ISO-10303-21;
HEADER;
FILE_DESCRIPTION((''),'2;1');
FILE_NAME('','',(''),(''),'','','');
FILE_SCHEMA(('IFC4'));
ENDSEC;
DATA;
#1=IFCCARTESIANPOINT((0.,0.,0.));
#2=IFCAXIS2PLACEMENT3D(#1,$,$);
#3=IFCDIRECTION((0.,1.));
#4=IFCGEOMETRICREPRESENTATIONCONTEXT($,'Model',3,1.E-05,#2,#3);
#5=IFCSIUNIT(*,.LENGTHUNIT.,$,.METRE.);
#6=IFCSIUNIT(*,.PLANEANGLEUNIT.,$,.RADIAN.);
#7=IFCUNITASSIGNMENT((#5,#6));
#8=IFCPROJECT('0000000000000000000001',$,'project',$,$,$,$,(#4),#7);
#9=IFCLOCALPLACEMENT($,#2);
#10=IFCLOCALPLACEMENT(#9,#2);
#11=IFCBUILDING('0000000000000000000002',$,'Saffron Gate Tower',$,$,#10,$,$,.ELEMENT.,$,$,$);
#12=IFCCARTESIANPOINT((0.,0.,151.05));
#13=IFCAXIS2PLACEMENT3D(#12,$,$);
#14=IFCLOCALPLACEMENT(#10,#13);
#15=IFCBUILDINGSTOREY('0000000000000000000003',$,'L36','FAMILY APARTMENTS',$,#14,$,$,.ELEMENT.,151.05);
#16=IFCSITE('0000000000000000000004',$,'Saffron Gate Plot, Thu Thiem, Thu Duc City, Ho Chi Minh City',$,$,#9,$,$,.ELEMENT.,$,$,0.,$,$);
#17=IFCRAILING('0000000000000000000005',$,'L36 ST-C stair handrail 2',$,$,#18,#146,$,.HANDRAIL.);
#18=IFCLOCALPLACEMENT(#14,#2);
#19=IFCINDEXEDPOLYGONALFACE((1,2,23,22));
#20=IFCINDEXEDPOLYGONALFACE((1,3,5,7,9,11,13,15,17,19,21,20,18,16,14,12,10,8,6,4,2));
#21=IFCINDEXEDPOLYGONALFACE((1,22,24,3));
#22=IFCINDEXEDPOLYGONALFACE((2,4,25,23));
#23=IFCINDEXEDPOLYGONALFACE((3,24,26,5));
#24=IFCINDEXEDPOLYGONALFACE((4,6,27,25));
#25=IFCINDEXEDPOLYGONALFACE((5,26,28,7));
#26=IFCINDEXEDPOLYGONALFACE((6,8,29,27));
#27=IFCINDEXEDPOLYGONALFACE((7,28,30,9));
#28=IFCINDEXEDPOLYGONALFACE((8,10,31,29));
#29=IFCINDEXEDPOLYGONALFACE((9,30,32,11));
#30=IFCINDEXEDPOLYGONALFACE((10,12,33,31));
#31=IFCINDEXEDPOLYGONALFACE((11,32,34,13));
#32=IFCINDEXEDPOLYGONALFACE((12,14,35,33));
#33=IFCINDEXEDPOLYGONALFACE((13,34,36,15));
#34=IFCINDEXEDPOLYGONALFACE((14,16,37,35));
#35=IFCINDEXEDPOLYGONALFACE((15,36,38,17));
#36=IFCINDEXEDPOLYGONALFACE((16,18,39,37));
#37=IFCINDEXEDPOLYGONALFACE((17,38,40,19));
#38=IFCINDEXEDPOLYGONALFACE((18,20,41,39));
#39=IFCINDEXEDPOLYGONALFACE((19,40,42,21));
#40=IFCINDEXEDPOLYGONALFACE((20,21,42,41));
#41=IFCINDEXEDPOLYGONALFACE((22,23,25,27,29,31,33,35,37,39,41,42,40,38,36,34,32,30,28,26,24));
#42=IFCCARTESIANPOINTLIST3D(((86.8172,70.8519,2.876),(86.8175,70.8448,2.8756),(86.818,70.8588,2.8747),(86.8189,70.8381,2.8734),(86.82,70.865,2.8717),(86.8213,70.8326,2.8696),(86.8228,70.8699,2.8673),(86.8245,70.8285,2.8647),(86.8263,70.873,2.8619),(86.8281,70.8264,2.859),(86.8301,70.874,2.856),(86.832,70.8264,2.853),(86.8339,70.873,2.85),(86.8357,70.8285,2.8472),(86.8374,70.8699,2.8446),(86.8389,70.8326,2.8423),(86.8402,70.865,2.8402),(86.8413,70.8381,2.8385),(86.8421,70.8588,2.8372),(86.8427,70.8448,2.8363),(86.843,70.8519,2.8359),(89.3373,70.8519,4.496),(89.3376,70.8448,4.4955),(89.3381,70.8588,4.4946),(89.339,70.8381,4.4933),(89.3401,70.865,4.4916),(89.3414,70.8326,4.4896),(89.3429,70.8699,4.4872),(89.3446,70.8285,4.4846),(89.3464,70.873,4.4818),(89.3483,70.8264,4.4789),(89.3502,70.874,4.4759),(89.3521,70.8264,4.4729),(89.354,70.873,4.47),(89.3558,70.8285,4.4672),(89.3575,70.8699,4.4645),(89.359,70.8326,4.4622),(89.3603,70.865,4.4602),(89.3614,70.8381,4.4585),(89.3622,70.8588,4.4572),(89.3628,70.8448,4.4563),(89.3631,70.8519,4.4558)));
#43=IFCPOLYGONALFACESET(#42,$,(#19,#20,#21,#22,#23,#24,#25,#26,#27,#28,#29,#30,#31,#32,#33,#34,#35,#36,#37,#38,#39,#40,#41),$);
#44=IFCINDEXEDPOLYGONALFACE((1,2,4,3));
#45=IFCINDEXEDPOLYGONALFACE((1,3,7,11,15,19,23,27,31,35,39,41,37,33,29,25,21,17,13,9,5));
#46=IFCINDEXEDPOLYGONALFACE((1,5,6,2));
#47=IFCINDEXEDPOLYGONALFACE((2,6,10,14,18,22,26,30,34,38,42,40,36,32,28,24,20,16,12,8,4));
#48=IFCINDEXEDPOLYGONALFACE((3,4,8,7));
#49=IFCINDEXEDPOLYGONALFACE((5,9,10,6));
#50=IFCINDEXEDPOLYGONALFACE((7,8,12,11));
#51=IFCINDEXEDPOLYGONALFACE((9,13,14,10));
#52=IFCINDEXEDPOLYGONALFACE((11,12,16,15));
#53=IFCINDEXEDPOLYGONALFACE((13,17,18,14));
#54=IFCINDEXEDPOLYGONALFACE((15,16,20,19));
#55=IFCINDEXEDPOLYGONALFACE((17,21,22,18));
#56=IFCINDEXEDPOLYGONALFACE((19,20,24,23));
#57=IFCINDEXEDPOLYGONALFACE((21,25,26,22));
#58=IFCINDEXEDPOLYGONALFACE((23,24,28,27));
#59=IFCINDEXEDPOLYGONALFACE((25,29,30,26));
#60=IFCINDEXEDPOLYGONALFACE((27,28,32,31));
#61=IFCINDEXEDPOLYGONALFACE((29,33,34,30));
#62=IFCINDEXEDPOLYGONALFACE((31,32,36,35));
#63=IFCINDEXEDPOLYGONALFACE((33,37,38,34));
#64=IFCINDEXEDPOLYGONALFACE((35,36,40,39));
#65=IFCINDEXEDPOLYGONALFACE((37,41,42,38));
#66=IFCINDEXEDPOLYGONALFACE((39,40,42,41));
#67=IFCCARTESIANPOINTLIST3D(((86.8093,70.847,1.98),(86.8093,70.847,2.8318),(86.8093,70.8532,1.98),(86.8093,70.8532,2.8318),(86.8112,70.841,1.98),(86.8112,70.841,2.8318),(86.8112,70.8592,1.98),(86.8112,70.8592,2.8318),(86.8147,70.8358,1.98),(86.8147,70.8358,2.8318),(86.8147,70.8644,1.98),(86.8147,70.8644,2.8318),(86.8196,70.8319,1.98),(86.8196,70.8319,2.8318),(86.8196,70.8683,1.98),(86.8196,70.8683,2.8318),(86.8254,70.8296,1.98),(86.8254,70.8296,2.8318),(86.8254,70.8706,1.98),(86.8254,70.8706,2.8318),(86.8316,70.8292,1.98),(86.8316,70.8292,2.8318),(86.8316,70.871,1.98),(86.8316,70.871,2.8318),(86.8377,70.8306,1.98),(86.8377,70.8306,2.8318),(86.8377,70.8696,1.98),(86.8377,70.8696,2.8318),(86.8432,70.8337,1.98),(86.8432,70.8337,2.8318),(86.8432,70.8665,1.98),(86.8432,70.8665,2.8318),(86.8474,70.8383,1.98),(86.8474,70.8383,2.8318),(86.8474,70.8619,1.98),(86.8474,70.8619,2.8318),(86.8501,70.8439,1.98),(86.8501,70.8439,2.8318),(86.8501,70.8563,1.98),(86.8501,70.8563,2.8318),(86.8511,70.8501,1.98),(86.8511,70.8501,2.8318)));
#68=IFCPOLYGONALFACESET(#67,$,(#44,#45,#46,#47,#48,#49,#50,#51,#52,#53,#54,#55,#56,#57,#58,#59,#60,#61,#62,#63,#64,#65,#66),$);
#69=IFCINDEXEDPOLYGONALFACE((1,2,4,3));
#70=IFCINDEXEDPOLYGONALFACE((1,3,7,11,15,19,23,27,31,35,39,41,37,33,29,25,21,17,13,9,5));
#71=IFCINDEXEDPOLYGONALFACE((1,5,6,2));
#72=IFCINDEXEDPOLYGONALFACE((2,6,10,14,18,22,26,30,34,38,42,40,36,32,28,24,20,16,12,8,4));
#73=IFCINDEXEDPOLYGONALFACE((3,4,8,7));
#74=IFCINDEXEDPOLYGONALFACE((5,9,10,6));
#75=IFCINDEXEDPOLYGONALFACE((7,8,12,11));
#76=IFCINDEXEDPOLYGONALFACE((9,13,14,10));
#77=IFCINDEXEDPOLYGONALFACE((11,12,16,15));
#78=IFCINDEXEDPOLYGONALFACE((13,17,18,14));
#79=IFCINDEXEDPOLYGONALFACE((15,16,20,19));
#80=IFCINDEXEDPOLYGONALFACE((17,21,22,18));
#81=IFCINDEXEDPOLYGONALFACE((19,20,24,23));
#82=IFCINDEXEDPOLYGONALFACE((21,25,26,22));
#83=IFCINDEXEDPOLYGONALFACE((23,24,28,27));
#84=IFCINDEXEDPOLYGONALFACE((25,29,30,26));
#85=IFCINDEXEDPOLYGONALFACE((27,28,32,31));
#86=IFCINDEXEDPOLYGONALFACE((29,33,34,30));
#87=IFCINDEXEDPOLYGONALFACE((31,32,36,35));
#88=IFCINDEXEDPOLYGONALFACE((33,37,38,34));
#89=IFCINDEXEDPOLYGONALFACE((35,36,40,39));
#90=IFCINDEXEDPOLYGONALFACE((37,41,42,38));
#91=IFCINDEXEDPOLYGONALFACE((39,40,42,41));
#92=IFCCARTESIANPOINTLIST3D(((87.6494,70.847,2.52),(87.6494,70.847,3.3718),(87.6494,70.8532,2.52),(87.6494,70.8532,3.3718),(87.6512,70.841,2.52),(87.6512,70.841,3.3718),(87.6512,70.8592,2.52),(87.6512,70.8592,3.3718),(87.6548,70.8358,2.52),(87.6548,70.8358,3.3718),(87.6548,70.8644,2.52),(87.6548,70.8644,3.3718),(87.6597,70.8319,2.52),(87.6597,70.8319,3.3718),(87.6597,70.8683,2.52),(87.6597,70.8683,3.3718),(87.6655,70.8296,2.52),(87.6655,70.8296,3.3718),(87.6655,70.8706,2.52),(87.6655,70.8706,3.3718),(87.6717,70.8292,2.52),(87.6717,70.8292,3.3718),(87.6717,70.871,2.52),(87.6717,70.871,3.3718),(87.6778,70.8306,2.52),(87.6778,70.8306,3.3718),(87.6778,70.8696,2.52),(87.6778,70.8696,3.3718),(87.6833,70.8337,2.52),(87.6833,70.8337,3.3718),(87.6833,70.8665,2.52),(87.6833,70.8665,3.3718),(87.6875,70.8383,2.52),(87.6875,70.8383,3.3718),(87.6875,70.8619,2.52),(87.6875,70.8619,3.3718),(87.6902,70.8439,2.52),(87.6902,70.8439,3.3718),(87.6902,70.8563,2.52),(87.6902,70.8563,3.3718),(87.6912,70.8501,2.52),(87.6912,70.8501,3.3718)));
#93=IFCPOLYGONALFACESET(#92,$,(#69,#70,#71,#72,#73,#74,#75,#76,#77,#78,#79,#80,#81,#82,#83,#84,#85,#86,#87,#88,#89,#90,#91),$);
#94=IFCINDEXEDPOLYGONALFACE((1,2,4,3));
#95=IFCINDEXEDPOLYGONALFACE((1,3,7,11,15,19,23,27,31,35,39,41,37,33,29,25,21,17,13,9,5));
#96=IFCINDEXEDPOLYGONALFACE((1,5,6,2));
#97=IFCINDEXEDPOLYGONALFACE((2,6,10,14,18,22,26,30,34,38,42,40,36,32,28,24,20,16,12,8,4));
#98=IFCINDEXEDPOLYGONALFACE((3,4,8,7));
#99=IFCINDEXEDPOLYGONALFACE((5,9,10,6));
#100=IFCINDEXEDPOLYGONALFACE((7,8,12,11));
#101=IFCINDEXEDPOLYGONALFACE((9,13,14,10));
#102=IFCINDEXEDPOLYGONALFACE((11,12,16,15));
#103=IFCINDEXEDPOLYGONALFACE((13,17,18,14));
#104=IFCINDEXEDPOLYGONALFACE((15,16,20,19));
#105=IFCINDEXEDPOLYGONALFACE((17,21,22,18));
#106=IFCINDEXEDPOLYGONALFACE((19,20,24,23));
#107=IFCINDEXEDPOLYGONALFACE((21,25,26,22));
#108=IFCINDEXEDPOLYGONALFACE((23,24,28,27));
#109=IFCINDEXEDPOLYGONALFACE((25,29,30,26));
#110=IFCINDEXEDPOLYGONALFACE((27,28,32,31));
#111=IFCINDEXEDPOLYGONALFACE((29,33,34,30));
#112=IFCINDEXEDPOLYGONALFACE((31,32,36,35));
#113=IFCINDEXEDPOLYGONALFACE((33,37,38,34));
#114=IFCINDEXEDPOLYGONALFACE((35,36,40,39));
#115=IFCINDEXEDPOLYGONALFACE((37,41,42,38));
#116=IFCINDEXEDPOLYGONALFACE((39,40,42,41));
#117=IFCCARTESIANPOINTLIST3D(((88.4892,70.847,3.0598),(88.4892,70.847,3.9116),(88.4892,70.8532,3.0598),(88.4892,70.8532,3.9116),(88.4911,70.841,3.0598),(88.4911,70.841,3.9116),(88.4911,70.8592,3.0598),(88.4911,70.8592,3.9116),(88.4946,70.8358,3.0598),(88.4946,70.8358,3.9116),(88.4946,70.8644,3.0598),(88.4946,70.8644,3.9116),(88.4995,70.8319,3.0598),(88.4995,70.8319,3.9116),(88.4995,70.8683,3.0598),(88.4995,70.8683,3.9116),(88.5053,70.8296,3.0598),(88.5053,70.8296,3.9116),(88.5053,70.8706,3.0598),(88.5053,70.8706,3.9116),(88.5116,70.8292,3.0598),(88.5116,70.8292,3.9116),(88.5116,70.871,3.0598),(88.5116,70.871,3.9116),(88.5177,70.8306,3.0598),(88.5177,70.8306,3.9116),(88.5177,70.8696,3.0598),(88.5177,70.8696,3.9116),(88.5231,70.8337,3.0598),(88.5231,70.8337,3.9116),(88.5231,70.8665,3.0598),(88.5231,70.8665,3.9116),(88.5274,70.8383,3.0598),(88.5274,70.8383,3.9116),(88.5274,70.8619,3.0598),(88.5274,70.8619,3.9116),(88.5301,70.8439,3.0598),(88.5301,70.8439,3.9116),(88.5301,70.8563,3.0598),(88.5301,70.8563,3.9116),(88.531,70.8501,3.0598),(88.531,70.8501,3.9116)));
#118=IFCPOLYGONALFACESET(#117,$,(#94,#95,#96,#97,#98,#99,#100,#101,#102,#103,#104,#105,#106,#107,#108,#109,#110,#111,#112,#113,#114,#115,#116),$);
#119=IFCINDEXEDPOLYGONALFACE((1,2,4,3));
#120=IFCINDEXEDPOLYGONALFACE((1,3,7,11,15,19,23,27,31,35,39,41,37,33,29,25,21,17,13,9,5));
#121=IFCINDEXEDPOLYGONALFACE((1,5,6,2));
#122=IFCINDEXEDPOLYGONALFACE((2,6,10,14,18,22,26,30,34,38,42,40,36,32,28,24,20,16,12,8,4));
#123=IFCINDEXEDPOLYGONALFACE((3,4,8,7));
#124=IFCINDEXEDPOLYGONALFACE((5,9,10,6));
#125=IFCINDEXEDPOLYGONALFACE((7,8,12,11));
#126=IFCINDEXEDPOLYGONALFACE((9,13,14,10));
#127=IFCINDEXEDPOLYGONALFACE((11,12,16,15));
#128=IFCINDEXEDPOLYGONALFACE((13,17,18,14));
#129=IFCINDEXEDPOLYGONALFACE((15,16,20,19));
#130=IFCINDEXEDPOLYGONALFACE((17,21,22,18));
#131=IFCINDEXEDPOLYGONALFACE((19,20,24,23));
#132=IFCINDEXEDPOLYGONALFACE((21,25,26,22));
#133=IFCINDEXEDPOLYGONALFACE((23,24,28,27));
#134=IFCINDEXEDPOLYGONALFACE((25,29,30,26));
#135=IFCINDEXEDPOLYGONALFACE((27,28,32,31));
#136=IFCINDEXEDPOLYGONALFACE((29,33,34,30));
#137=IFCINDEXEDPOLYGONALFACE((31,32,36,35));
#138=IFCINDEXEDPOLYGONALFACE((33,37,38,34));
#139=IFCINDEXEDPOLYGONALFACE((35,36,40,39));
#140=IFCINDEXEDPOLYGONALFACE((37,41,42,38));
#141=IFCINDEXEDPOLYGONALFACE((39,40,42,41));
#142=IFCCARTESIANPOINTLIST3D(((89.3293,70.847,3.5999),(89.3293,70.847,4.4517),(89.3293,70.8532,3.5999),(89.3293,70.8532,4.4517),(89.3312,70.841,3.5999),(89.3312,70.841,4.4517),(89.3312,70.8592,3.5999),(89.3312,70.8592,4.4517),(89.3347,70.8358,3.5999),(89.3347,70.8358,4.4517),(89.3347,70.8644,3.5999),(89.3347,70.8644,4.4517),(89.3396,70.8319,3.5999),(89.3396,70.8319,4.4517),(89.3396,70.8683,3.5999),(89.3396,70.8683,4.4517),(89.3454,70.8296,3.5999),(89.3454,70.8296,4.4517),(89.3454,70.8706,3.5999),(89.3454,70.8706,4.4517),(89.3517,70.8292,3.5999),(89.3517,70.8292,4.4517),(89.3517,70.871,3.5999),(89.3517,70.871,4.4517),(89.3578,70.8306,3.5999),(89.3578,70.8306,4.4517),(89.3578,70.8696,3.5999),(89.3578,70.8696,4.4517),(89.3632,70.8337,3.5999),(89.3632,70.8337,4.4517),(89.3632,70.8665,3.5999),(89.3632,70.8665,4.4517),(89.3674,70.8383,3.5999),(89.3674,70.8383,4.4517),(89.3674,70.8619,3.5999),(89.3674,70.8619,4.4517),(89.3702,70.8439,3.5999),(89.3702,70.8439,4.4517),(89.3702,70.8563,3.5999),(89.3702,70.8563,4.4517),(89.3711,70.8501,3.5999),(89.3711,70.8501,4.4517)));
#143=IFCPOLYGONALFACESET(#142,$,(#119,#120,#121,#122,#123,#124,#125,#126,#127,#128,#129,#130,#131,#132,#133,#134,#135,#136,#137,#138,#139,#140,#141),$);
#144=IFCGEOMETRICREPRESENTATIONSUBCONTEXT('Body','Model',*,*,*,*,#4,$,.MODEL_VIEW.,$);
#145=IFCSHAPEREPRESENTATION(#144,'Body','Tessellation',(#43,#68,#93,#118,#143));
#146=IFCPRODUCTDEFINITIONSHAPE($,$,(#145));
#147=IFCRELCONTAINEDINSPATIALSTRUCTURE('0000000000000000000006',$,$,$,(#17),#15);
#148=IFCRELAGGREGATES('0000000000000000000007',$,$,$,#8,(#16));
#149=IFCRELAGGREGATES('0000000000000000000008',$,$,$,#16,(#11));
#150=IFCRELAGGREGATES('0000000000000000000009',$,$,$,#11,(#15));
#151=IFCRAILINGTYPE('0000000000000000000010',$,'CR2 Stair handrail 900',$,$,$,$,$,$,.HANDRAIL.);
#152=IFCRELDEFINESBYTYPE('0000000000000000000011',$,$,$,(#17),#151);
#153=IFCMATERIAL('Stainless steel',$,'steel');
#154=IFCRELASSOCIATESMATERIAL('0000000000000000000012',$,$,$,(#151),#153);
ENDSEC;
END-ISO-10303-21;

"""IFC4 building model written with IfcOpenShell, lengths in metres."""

from ifc_helpers import new_model, si_unit, direction, frame, origin, origin_2d, place, context, subcontext, project, spatial, circle, extrude, material, type_object, element, save


model = new_model("IFC4")

# Units and contexts
model_context = context("Model", 3, precision=1e-05, world=origin(), true_north=direction((0.0, 1.0)))
body_context = subcontext(model_context, "Body", "Model", "MODEL_VIEW")
ifc_project = project(units=[si_unit("LENGTHUNIT", "METRE"), si_unit("PLANEANGLEUNIT", "RADIAN")], contexts=[model_context])

# Site, building, storey
site_placement = place(None, origin())
site = spatial("IfcSite", under=ifc_project, at=site_placement, Name="Saffron Gate Plot, Thu Thiem, Thu Duc City, Ho Chi Minh City", CompositionType="ELEMENT", RefElevation=0.0)
building_placement = place(site_placement, origin())
building = spatial("IfcBuilding", under=site, at=building_placement, Name="Saffron Gate Tower", CompositionType="ELEMENT")
storey_placement = place(building_placement, frame((0.0, 0.0, 151.05)))
storey = spatial("IfcBuildingStorey", under=building, at=storey_placement, Name="L36", Description="FAMILY APARTMENTS", CompositionType="ELEMENT", Elevation=151.05)

# Railing
ifc_material_1 = material(Name="Stainless steel", Category="steel")
railing_type = type_object("IfcRailingType", Name="CR2 Stair handrail 900", PredefinedType="HANDRAIL", material=ifc_material_1)
railing_placement = place(storey_placement, frame((86.8301, 70.8501, 1.98)))
element("IfcRailing", 1, at=railing_placement, inside=storey, type_object=railing_type, Name="L36 ST-C stair handrail 2", PredefinedType="HANDRAIL", context=body_context, shape_type="SweptSolid", body=[
    extrude(circle(Radius=0.0239, at=origin_2d()), frame((0.0, 0.0, 0.876), z_axis=(0.8412, 0.0, 0.540725), x_axis=(0.0, 1.0, 0.0)), (0.0, 0.0, 1.0), 2.9958),
    extrude(circle(Radius=0.021, at=origin_2d()), origin(), (0.0, 0.0, 1.0), 0.8518),
    extrude(circle(Radius=0.021, at=origin_2d()), frame((0.8401, 0.0, 0.54)), (0.0, 0.0, 1.0), 0.8518),
    extrude(circle(Radius=0.021, at=origin_2d()), frame((1.6799, 0.0, 1.0798)), (0.0, 0.0, 1.0), 0.8518),
    extrude(circle(Radius=0.021, at=origin_2d()), frame((2.52, 0.0, 1.6199)), (0.0, 0.0, 1.0), 0.8518),
])

save(model, "model.ifc")
